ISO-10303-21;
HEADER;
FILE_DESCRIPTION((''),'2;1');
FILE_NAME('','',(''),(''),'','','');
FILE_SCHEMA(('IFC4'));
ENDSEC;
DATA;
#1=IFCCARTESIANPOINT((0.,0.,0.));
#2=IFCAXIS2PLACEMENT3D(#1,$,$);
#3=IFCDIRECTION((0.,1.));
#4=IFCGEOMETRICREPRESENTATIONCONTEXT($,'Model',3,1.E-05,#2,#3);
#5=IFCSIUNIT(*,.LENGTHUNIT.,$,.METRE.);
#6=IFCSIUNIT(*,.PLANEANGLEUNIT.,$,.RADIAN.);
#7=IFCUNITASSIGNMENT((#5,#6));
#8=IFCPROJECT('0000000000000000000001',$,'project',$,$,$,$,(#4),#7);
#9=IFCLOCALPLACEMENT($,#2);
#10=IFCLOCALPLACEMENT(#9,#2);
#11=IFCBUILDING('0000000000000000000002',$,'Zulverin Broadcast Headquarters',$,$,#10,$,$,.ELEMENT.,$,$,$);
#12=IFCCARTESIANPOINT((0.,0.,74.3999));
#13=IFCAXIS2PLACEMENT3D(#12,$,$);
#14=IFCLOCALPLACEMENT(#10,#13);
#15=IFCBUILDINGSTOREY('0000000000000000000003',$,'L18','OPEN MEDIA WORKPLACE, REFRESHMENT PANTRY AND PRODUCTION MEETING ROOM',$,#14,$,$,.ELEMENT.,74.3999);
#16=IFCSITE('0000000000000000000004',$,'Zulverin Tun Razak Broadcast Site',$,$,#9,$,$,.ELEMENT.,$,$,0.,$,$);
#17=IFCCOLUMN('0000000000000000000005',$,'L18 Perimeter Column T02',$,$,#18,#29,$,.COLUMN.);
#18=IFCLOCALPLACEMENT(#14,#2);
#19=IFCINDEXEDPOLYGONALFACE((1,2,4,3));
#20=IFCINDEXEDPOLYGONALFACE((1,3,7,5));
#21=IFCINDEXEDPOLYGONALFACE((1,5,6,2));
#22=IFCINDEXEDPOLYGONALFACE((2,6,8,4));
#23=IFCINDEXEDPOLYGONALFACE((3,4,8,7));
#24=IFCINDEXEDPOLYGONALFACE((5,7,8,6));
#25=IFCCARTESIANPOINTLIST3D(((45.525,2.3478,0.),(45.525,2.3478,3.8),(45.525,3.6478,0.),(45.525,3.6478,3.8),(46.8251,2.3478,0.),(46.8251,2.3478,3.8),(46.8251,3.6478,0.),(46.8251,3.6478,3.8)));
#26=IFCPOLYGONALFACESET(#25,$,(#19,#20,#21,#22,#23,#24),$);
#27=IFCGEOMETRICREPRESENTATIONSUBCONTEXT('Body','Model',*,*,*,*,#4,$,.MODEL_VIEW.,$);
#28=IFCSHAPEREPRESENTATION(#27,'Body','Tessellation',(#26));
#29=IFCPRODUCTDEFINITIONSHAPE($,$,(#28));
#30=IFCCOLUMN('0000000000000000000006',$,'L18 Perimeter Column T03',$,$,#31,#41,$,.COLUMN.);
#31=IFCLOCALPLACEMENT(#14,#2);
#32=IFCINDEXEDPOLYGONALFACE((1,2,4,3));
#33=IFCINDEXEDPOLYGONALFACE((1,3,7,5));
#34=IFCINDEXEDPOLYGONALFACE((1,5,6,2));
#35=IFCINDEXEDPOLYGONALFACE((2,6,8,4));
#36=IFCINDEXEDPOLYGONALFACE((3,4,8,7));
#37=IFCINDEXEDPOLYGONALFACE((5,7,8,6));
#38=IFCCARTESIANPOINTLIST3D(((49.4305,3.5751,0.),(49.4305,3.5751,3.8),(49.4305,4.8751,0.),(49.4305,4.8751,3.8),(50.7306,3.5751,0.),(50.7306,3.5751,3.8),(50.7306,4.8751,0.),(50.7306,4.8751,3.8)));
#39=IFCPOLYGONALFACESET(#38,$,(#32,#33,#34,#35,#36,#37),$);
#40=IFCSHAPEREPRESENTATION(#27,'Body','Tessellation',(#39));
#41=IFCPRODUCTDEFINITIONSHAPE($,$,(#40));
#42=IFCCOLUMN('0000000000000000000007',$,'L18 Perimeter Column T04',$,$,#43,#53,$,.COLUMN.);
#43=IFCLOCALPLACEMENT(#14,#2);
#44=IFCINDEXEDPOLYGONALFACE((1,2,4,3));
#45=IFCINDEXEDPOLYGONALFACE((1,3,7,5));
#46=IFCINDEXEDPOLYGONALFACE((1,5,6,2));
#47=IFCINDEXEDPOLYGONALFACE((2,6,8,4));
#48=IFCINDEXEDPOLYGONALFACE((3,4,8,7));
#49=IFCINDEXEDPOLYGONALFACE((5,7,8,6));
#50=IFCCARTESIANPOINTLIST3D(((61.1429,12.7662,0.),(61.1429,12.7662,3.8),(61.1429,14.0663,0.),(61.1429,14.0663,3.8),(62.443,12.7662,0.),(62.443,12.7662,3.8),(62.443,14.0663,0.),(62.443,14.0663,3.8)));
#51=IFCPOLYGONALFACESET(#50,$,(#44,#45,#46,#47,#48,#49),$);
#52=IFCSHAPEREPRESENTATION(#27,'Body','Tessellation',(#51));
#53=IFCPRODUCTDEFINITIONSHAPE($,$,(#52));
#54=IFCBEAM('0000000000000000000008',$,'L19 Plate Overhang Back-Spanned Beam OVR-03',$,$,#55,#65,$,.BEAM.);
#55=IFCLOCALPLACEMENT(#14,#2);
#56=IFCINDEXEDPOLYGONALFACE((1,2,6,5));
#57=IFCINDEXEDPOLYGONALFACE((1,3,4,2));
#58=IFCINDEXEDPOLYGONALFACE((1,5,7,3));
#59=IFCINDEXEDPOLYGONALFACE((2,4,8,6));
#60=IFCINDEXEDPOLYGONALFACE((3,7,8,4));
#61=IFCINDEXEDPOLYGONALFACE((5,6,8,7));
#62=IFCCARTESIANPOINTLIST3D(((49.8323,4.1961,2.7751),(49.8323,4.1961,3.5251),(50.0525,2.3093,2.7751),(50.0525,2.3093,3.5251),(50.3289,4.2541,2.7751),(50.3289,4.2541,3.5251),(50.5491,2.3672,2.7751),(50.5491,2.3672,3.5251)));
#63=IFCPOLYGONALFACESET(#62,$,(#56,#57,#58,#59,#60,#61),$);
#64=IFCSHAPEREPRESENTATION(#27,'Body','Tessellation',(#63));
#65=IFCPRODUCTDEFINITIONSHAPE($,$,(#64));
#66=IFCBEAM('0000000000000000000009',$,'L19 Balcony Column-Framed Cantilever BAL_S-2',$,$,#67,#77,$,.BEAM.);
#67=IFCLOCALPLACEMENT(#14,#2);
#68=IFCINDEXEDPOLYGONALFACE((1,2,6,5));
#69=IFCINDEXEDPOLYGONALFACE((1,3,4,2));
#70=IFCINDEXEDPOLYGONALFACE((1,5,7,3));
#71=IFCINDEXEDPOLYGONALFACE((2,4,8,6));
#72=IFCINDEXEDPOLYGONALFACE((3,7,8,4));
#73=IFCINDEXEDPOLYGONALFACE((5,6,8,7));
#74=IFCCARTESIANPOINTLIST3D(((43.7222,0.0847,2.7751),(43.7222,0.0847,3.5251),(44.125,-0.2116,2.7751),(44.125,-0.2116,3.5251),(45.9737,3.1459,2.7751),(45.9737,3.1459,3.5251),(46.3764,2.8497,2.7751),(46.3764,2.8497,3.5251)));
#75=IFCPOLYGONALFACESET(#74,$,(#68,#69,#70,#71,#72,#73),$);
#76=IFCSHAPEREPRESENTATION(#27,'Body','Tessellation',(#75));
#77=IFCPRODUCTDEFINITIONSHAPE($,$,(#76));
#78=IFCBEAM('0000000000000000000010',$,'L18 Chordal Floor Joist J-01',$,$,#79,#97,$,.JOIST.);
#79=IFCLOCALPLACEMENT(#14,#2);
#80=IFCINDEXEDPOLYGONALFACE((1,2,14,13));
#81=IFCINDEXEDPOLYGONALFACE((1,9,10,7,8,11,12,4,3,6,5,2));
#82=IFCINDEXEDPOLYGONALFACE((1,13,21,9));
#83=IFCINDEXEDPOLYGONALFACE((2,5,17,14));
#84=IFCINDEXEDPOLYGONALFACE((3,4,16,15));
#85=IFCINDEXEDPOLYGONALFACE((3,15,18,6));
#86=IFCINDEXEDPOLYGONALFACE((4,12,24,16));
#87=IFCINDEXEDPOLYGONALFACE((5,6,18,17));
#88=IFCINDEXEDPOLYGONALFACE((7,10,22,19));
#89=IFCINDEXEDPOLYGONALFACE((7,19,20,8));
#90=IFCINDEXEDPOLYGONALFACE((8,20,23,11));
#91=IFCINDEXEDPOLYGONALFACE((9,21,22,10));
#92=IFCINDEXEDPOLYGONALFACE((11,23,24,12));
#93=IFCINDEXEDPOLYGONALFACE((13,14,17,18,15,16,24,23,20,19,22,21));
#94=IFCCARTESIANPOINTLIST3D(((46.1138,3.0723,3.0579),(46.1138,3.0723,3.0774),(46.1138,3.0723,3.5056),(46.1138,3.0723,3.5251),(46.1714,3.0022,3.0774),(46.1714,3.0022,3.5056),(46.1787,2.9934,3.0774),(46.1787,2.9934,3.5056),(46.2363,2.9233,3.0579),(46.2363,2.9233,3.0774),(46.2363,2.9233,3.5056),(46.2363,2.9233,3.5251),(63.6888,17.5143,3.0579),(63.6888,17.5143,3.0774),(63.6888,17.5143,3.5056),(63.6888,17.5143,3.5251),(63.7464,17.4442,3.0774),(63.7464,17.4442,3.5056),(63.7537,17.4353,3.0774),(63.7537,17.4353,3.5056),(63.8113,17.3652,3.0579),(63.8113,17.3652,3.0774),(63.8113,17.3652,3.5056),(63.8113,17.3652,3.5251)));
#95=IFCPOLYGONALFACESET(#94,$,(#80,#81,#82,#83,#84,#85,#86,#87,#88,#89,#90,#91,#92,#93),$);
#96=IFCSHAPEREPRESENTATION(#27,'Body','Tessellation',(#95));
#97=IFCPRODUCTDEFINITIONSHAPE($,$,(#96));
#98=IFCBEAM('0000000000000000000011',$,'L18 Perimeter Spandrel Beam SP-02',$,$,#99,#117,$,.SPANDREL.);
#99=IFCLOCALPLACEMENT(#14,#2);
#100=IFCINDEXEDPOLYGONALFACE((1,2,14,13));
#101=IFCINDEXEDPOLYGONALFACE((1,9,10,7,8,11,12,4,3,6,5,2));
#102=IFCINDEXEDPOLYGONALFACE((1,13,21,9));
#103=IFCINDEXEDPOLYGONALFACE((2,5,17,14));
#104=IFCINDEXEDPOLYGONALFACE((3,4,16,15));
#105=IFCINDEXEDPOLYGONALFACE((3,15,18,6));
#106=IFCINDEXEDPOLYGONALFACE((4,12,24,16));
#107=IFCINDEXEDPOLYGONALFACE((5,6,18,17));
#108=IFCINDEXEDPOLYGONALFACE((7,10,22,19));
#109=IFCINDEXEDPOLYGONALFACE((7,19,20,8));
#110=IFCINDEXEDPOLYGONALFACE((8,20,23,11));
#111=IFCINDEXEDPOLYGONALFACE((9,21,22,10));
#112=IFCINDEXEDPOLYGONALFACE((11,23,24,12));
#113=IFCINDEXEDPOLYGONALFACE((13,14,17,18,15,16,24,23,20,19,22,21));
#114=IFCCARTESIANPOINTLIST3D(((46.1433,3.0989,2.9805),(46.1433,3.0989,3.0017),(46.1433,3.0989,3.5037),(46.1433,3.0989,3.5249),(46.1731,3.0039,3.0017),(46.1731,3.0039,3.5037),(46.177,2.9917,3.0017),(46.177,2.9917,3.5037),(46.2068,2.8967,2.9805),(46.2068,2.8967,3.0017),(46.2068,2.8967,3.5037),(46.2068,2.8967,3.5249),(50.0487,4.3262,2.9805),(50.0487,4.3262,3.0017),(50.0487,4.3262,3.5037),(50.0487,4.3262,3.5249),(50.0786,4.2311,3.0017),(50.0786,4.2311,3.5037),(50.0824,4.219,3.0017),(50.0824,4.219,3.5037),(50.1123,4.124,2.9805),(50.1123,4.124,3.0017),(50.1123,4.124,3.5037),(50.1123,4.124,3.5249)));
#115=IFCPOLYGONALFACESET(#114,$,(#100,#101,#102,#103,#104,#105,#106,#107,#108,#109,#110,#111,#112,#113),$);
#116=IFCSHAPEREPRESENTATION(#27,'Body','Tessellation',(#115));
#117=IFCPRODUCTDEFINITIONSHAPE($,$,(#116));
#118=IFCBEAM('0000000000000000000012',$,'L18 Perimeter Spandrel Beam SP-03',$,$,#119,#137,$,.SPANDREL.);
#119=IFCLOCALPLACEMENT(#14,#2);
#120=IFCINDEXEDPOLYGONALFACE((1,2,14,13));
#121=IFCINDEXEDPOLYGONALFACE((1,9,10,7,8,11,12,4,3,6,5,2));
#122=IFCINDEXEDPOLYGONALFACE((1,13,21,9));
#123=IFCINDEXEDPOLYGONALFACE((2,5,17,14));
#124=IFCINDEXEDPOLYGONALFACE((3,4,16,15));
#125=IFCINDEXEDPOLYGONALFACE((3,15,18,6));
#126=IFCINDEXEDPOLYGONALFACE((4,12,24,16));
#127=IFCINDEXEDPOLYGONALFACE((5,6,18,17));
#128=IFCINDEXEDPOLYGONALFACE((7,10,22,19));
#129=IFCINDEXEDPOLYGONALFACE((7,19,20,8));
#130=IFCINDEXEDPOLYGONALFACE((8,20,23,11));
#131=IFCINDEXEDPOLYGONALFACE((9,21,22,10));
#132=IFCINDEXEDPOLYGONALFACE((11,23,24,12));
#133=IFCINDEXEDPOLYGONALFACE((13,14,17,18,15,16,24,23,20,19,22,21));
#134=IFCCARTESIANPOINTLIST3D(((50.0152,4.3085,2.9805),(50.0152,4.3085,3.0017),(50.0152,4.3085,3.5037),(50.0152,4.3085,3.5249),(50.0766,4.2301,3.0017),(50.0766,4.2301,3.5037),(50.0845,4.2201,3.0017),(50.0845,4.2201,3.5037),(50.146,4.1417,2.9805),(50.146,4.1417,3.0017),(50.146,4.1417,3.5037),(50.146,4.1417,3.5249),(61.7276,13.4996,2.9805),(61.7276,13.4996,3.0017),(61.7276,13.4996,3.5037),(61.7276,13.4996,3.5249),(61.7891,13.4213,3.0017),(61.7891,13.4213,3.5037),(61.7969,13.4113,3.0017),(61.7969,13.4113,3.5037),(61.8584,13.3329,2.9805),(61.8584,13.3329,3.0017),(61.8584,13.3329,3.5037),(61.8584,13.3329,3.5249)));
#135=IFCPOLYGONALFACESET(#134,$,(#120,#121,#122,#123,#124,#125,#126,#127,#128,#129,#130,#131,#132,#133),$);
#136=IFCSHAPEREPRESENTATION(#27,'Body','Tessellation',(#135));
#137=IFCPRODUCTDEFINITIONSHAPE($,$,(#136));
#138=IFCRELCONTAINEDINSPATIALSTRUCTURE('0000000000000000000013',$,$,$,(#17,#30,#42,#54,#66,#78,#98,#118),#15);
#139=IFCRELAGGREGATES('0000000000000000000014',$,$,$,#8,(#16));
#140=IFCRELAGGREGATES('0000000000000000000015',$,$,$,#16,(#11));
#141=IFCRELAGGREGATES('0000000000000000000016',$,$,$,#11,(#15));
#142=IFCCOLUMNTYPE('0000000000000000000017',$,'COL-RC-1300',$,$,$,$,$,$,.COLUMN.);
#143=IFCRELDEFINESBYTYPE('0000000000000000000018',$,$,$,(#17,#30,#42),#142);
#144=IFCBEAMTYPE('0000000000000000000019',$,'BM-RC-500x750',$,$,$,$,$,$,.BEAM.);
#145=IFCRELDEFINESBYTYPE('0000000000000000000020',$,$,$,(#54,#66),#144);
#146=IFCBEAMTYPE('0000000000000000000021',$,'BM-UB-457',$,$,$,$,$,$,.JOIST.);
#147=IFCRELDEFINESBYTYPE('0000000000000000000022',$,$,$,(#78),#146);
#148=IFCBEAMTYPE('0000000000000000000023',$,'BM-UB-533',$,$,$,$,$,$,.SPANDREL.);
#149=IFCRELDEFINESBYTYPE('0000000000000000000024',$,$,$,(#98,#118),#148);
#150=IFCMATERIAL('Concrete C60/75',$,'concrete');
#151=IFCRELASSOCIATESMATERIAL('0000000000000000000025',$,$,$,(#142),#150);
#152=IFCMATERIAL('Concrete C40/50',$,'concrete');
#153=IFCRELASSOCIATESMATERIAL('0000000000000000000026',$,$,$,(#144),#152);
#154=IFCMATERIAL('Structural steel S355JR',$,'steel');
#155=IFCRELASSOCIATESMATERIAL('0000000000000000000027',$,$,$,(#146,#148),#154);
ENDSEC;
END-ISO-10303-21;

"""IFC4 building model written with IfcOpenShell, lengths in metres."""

from ifc_helpers import new_model, si_unit, direction, frame, origin, origin_2d, place, context, subcontext, project, spatial, rectangle, i_section, extrude, material, material_profile, profile_set, type_object, element, save


model = new_model("IFC4")

# Units and contexts
model_context = context("Model", 3, precision=1e-05, world=origin(), true_north=direction((0.0, 1.0)))
body_context = subcontext(model_context, "Body", "Model", "MODEL_VIEW")
ifc_project = project(units=[si_unit("LENGTHUNIT", "METRE"), si_unit("PLANEANGLEUNIT", "RADIAN")], contexts=[model_context])

# Site, building, storey
site_placement = place(None, origin())
site = spatial("IfcSite", under=ifc_project, at=site_placement, Name="Zulverin Tun Razak Broadcast Site", CompositionType="ELEMENT", RefElevation=0.0)
building_placement = place(site_placement, origin())
building = spatial("IfcBuilding", under=site, at=building_placement, Name="Zulverin Broadcast Headquarters", CompositionType="ELEMENT")
storey_placement = place(building_placement, frame((0.0, 0.0, 74.3999)))
storey = spatial("IfcBuildingStorey", under=building, at=storey_placement, Name="L18", Description="OPEN MEDIA WORKPLACE, REFRESHMENT PANTRY AND PRODUCTION MEETING ROOM", CompositionType="ELEMENT", Elevation=74.3999)

# Columns
ifc_material_1 = material(Name="Concrete C60/75", Category="concrete")
ifc_material_profile_1 = material_profile(ifc_material_1, rectangle(XDim=1.3, YDim=1.3, at=origin_2d()), Name="Concrete C60/75", Category="concrete")
ifc_profile_set_1 = profile_set([ifc_material_profile_1], Name="Concrete C60/75")
column_type = type_object("IfcColumnType", Name="COL-RC-1300", PredefinedType="COLUMN", material=ifc_profile_set_1)
for number, where, z_axis, x_axis, name in (
    (1, (46.175, 2.9978, 0.0), (0.0, 0.0, 1.0), (1.0, 0.0, 0.0), "L18 Perimeter Column T02"),
    (2, (50.0806, 4.2251, 0.0), (0.0, 0.0, 1.0), (1.0, 0.0, 0.0), "L18 Perimeter Column T03"),
    (3, (61.793, 13.4163, 0.0), (0.0, 0.0, 1.0), (1.0, 0.0, 0.0), "L18 Perimeter Column T04"),
):
    element("IfcColumn", number, at=place(storey_placement, frame(where, z_axis=z_axis, x_axis=x_axis)), inside=storey, type_object=column_type, Name=name, PredefinedType="COLUMN", context=body_context, shape_type="SweptSolid", body=[
        extrude(rectangle(XDim=1.3, YDim=1.3, at=origin_2d()), origin(), (0.0, 0.0, 1.0), 3.8),
    ])

# Beams
ifc_material_2 = material(Name="Concrete C40/50", Category="concrete")
ifc_material_profile_2 = material_profile(ifc_material_2, rectangle(XDim=0.5, YDim=0.75, at=origin_2d()), Name="Concrete C40/50", Category="concrete")
ifc_profile_set_2 = profile_set([ifc_material_profile_2], Name="Concrete C40/50")
beam_type_1 = type_object("IfcBeamType", Name="BM-RC-500x750", PredefinedType="BEAM", material=ifc_profile_set_2)
beam_1_placement = place(storey_placement, frame((50.0806, 4.2251, 3.1501), z_axis=(0.115917, -0.993259, 0.0), x_axis=(0.993259, 0.115917, 0.0)))
element("IfcBeam", 4, at=beam_1_placement, inside=storey, type_object=beam_type_1, Name="L19 Plate Overhang Back-Spanned Beam OVR-03", PredefinedType="BEAM", context=body_context, shape_type="SweptSolid", body=[
    extrude(rectangle(XDim=0.5, YDim=0.75, at=origin_2d()), origin(), (0.0, 0.0, 1.0), 1.8997),
])
beam_2_placement = place(storey_placement, frame((46.175, 2.9978, 3.1501), z_axis=(-0.59248, -0.805585, 0.0), x_axis=(0.805585, -0.59248, 0.0)))
element("IfcBeam", 5, at=beam_2_placement, inside=storey, type_object=beam_type_1, Name="L19 Balcony Column-Framed Cantilever BAL_S-2", PredefinedType="BEAM", context=body_context, shape_type="SweptSolid", body=[
    extrude(rectangle(XDim=0.5, YDim=0.75, at=origin_2d()), origin(), (0.0, 0.0, 1.0), 3.8),
])
ifc_material_3 = material(Name="Structural steel S355JR", Category="steel")
ifc_material_profile_3 = material_profile(ifc_material_3, i_section(OverallWidth=0.1929, OverallDepth=0.4673, WebThickness=0.0115, FlangeThickness=0.0195, at=origin_2d()), Name="Structural steel S355JR", Category="steel")
ifc_profile_set_3 = profile_set([ifc_material_profile_3], Name="Structural steel S355JR")
beam_type_2 = type_object("IfcBeamType", Name="BM-UB-457", PredefinedType="JOIST", material=ifc_profile_set_3)
beam_3_placement = place(storey_placement, frame((46.175, 2.9978, 3.2915), z_axis=(0.772611, 0.634879, 0.0), x_axis=(-0.634879, 0.772611, 0.0)))
element("IfcBeam", 6, at=beam_3_placement, inside=storey, type_object=beam_type_2, Name="L18 Chordal Floor Joist J-01", PredefinedType="JOIST", context=body_context, shape_type="SweptSolid", body=[
    extrude(i_section(OverallWidth=0.1929, OverallDepth=0.4673, WebThickness=0.0115, FlangeThickness=0.0195, at=origin_2d()), origin(), (0.0, 0.0, 1.0), 22.7476),
])
ifc_material_profile_4 = material_profile(ifc_material_3, i_section(OverallWidth=0.2119, OverallDepth=0.5444, WebThickness=0.0127, FlangeThickness=0.0212, at=origin_2d()), Name="Structural steel S355JR", Category="steel")
ifc_profile_set_4 = profile_set([ifc_material_profile_4], Name="Structural steel S355JR")
beam_type_3 = type_object("IfcBeamType", Name="BM-UB-533", PredefinedType="SPANDREL", material=ifc_profile_set_4)
beam_4_placement = place(storey_placement, frame((46.175, 2.9978, 3.2527), z_axis=(0.954004, 0.299792, 0.0), x_axis=(-0.299792, 0.954004, 0.0)))
element("IfcBeam", 7, at=beam_4_placement, inside=storey, type_object=beam_type_3, Name="L18 Perimeter Spandrel Beam SP-02", PredefinedType="SPANDREL", context=body_context, shape_type="SweptSolid", body=[
    extrude(i_section(OverallWidth=0.2119, OverallDepth=0.5444, WebThickness=0.0127, FlangeThickness=0.0212, at=origin_2d()), origin(), (0.0, 0.0, 1.0), 4.0938),
])
beam_5_placement = place(storey_placement, frame((50.0806, 4.2251, 3.2527), z_axis=(0.786691, 0.617346, 0.0), x_axis=(-0.617346, 0.786691, 0.0)))
element("IfcBeam", 8, at=beam_5_placement, inside=storey, type_object=beam_type_3, Name="L18 Perimeter Spandrel Beam SP-03", PredefinedType="SPANDREL", context=body_context, shape_type="SweptSolid", body=[
    extrude(i_section(OverallWidth=0.2119, OverallDepth=0.5444, WebThickness=0.0127, FlangeThickness=0.0212, at=origin_2d()), origin(), (0.0, 0.0, 1.0), 14.8882),
])

save(model, "model.ifc")
